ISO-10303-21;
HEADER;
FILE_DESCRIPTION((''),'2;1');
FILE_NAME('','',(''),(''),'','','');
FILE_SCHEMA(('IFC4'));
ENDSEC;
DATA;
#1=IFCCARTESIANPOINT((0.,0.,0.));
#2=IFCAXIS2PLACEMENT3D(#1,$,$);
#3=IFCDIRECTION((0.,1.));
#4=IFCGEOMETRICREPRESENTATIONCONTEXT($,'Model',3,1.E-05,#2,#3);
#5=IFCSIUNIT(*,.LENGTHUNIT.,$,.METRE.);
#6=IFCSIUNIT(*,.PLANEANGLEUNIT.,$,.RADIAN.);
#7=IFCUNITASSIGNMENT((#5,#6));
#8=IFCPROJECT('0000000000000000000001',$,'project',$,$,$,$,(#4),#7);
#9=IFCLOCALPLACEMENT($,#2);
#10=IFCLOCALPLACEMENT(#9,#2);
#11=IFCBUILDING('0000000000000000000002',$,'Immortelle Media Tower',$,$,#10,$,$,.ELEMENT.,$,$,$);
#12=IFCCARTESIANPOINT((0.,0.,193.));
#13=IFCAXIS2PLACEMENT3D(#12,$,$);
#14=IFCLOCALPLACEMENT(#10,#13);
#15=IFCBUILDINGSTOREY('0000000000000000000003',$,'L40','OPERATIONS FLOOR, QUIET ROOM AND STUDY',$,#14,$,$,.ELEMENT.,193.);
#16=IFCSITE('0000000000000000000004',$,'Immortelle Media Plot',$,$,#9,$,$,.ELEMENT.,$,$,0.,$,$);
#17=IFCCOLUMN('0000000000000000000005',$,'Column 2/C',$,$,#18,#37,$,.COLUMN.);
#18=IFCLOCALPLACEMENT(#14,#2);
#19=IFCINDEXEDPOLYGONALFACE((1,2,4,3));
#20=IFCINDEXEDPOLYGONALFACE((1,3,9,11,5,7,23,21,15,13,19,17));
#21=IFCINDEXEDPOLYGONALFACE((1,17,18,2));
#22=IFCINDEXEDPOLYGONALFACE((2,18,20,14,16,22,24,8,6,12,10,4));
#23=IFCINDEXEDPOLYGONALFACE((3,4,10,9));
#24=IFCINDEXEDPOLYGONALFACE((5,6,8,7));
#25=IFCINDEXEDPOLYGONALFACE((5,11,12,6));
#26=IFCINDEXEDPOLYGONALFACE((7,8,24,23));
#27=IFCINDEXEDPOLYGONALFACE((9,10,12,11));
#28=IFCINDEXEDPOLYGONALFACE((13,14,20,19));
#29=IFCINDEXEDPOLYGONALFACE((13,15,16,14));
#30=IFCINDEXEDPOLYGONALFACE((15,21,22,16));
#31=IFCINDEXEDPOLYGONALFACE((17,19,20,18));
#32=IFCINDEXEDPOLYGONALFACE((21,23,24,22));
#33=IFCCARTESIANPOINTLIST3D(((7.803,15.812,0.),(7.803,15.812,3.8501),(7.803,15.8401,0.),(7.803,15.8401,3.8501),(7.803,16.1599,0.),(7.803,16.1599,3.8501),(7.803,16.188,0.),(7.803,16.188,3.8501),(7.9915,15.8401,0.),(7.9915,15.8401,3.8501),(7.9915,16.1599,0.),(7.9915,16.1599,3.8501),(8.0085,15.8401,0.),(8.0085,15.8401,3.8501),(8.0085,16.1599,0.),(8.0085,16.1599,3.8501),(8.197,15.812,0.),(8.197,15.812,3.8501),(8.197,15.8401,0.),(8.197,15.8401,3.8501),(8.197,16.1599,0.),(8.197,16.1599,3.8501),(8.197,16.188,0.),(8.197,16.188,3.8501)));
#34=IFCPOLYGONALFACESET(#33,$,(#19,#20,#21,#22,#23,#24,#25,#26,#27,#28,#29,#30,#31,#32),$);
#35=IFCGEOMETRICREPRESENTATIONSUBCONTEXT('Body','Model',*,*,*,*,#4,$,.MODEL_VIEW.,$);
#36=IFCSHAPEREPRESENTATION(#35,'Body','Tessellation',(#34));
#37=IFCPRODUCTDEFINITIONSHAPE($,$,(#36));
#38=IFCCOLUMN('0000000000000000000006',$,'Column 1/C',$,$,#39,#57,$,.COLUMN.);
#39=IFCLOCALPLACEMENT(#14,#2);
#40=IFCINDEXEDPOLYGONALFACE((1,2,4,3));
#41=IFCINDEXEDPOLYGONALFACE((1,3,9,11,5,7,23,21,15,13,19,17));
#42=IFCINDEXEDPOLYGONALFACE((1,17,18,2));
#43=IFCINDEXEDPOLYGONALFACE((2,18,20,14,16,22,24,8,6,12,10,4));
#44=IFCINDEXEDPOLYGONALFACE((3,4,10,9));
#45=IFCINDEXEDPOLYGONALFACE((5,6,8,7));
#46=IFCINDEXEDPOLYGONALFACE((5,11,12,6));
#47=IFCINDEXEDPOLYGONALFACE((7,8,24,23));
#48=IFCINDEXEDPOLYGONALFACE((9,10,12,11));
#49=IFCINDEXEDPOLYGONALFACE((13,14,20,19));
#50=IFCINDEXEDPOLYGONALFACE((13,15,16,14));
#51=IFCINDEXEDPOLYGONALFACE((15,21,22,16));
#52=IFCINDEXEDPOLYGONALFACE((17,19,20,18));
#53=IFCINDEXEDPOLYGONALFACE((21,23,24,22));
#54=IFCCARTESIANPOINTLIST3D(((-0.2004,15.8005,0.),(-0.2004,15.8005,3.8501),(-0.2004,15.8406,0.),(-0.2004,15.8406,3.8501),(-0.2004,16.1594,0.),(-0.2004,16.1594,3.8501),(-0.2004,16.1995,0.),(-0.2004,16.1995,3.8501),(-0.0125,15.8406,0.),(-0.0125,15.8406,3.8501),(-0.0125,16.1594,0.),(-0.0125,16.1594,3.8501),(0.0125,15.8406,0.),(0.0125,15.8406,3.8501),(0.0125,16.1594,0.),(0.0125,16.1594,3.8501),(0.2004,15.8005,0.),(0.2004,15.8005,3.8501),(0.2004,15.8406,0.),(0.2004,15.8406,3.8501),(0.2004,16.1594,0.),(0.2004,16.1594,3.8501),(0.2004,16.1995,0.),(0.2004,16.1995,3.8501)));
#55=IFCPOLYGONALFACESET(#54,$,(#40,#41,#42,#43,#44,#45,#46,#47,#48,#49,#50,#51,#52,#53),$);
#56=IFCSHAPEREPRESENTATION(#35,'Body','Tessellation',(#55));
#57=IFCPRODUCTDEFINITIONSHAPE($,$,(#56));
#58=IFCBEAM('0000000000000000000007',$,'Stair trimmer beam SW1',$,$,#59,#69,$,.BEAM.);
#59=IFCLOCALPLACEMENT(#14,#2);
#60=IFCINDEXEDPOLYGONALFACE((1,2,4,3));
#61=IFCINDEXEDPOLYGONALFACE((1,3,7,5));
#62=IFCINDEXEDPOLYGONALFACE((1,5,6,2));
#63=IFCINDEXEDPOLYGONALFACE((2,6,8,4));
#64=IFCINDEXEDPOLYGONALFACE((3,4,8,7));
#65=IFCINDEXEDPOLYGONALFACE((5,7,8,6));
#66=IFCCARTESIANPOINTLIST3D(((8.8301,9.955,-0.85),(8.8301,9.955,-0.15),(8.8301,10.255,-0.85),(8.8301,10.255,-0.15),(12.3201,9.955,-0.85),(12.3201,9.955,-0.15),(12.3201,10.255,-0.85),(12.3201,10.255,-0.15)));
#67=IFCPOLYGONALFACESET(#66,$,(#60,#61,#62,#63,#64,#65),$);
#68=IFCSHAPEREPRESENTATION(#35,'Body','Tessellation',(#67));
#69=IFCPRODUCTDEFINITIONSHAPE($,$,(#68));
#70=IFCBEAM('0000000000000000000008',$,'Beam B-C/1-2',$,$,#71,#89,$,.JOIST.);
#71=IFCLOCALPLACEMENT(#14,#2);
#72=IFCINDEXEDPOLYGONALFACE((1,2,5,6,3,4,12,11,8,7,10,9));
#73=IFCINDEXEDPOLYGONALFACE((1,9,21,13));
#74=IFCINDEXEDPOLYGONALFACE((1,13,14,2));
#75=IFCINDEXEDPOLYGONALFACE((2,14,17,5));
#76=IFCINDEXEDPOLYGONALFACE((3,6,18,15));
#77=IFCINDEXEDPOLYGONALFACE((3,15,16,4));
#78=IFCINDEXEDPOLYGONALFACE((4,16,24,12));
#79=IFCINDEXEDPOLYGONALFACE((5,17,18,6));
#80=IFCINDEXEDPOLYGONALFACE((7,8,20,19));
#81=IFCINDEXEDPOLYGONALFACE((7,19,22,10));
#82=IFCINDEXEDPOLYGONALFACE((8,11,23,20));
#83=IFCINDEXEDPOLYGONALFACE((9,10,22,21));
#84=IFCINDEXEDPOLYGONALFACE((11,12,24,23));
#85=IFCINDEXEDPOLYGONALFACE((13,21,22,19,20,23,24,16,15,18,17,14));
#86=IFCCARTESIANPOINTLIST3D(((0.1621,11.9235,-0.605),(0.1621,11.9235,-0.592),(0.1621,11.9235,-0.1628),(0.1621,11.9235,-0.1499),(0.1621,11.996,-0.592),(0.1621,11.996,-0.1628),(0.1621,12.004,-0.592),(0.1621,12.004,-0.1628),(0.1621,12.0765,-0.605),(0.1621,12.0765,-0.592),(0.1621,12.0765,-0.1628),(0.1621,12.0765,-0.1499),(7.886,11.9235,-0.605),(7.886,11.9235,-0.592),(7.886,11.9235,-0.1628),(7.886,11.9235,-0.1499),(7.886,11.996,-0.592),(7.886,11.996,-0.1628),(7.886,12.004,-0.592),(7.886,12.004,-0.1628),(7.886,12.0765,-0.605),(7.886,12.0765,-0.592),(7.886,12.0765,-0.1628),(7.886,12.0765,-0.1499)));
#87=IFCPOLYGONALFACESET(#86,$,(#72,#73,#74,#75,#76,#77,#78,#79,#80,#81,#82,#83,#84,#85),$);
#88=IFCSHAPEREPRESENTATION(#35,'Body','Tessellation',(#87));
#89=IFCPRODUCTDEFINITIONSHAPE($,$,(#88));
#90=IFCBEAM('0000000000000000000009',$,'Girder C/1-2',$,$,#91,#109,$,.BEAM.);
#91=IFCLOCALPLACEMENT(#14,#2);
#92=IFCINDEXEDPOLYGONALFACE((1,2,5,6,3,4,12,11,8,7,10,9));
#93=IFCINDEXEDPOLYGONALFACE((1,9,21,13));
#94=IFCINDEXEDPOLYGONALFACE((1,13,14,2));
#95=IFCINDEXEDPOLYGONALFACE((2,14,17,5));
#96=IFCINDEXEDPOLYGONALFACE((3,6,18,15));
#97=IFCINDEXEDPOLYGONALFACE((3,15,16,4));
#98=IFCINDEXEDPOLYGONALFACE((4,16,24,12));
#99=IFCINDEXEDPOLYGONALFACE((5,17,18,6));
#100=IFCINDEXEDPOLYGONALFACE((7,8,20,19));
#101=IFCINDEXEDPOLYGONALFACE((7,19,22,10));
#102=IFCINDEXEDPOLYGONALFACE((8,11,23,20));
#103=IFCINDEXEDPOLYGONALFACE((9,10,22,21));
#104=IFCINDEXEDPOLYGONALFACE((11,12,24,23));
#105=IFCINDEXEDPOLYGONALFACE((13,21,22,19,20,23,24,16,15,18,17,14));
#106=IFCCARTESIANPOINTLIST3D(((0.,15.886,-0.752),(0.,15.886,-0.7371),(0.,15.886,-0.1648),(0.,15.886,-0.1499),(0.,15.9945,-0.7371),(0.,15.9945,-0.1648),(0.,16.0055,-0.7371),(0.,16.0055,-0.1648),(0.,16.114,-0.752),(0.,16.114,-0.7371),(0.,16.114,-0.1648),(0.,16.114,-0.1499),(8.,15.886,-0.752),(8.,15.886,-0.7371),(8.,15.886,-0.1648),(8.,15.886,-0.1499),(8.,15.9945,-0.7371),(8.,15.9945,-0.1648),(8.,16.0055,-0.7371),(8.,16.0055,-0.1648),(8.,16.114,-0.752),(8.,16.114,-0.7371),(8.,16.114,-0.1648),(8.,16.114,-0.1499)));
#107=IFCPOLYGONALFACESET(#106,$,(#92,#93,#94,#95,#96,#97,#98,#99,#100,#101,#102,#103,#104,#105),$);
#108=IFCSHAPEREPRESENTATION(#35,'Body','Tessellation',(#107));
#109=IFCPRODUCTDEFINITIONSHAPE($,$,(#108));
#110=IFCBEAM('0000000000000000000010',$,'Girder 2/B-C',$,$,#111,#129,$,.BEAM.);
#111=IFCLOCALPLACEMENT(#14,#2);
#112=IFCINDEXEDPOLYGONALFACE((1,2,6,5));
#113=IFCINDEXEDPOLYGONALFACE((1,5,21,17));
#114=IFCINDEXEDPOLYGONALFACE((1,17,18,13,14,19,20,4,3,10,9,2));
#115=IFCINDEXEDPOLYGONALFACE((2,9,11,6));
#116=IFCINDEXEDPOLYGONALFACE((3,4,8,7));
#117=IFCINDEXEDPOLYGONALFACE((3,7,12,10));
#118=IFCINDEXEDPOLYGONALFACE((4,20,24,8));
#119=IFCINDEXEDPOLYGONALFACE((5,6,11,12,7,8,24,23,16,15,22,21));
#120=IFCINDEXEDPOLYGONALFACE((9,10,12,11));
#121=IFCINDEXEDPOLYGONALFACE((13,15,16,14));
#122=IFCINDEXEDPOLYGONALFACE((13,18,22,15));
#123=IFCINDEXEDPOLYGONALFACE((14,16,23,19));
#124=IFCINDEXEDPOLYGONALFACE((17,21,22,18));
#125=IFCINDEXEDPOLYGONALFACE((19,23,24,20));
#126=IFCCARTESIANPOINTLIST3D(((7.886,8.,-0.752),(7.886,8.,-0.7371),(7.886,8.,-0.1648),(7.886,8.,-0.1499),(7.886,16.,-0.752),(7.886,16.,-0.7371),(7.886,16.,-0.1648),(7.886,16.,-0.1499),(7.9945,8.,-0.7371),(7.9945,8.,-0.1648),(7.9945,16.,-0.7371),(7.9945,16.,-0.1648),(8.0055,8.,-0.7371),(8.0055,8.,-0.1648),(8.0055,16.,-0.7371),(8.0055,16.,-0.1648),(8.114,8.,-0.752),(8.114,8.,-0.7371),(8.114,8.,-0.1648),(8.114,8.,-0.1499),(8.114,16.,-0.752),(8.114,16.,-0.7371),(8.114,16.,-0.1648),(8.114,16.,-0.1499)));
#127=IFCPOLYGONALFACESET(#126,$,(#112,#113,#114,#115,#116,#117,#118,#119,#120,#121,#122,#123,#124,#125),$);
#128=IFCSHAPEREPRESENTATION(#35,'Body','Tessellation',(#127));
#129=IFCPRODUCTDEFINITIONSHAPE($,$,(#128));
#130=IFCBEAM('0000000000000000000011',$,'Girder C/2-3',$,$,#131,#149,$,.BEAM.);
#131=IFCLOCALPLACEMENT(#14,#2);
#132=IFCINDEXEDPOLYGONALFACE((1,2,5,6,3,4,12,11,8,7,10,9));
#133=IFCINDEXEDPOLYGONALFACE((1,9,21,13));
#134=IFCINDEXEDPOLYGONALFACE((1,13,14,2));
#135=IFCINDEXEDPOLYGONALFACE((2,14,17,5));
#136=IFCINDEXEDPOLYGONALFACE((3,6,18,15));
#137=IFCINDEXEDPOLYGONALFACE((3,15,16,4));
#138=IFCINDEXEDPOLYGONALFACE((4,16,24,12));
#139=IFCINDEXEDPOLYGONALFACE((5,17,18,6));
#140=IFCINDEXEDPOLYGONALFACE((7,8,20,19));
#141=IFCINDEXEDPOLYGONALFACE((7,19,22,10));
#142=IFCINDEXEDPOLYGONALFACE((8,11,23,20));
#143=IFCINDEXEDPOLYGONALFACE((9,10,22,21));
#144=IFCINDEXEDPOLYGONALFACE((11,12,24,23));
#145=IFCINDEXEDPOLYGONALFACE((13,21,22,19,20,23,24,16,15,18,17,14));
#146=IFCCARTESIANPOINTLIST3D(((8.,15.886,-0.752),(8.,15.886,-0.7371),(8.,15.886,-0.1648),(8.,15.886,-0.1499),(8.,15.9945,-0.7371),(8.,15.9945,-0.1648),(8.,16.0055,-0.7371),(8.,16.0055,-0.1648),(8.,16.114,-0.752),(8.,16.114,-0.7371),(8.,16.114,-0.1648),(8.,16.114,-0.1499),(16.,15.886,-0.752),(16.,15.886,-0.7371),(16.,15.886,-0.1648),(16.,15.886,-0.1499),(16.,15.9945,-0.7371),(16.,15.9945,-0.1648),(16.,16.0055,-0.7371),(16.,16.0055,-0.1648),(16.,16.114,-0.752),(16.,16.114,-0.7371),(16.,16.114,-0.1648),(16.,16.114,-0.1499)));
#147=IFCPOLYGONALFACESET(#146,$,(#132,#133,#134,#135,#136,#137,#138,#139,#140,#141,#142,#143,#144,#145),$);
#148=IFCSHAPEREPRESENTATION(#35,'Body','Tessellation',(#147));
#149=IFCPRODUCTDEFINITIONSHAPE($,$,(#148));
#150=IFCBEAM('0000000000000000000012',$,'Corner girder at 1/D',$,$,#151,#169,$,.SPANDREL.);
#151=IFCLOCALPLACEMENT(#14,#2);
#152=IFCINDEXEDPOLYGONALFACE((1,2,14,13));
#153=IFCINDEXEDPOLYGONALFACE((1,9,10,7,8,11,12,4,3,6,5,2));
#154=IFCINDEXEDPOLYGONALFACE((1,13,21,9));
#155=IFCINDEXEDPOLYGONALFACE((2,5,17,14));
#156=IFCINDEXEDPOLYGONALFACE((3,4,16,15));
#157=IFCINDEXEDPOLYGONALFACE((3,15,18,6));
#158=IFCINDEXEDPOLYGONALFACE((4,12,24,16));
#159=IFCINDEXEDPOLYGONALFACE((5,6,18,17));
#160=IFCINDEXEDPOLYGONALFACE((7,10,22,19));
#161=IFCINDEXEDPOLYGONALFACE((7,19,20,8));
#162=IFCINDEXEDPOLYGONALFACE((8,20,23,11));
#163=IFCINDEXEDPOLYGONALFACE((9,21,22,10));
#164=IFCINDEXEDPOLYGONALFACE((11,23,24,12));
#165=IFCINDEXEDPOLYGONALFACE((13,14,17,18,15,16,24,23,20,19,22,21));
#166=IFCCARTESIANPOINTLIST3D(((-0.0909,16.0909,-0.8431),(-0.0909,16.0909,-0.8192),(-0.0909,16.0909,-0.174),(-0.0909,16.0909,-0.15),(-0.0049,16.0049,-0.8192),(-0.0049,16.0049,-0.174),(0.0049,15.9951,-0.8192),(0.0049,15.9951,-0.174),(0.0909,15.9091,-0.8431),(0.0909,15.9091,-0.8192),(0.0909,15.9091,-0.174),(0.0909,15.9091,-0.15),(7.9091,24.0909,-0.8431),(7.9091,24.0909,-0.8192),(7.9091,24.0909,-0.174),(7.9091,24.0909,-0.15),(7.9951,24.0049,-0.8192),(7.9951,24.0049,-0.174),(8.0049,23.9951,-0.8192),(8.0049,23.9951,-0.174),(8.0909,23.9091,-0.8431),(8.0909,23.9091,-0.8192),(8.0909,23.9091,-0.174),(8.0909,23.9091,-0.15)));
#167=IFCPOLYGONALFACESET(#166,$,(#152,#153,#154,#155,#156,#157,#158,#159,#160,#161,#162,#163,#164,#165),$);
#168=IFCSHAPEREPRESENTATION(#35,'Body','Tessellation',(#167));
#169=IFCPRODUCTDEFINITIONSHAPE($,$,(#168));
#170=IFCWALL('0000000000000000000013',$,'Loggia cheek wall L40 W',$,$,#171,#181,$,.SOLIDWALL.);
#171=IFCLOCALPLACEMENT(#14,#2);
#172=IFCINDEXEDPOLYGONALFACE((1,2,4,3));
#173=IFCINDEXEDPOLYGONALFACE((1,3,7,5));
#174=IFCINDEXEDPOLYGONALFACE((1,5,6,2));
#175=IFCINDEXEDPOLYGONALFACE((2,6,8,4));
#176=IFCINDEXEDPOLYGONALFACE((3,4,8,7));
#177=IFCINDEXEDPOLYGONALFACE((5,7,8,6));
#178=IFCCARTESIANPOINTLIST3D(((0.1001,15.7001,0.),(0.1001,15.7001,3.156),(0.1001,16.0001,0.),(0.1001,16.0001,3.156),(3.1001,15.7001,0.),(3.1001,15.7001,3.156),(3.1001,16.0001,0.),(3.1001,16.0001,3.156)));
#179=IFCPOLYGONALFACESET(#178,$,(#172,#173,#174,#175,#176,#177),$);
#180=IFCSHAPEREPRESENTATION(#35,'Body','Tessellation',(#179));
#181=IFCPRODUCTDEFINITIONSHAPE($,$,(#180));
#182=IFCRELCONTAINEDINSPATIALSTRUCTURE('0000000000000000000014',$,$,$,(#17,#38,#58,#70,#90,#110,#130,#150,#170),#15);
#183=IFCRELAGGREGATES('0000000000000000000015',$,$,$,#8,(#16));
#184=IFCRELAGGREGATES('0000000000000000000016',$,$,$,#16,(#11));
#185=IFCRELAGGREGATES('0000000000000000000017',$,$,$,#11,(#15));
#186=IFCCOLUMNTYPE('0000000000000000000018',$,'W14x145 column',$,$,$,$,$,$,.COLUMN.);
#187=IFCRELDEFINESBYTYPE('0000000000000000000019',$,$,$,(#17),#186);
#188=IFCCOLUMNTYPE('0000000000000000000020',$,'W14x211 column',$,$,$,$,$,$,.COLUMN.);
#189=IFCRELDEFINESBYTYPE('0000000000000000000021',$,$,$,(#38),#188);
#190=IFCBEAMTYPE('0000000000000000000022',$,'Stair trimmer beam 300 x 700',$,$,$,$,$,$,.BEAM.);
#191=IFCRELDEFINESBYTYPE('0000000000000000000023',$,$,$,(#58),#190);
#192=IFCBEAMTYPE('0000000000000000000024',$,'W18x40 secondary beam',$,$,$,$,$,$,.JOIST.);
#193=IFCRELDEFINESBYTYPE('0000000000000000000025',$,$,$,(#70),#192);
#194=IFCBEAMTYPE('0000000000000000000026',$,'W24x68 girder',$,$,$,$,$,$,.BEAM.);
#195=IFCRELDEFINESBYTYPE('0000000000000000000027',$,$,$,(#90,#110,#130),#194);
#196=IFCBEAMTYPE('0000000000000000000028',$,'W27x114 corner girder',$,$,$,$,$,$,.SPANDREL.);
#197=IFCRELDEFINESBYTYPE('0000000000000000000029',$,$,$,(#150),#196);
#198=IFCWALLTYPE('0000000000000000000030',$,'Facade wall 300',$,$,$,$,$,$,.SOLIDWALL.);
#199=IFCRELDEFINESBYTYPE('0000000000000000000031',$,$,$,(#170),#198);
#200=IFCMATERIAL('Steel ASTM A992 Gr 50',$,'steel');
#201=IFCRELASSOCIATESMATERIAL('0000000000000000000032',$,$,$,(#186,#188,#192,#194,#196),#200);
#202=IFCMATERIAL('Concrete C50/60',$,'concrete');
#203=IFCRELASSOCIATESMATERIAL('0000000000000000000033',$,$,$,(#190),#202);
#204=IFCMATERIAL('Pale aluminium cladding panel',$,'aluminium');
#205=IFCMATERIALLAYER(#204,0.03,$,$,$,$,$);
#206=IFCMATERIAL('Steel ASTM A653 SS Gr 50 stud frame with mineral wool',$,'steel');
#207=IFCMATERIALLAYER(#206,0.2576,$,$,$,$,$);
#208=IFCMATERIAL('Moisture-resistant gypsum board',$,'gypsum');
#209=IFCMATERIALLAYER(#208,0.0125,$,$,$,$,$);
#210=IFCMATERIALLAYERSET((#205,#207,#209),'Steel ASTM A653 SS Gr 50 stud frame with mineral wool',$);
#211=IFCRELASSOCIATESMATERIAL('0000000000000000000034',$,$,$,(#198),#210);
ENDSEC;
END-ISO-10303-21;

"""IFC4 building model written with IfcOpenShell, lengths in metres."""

from ifc_helpers import new_model, si_unit, direction, frame, frame_2d, origin, origin_2d, place, context, subcontext, project, spatial, rectangle, i_section, extrude, material, layer, layer_set, material_profile, profile_set, type_object, element, save


model = new_model("IFC4")

# Units and contexts
model_context = context("Model", 3, precision=1e-05, world=origin(), true_north=direction((0.0, 1.0)))
body_context = subcontext(model_context, "Body", "Model", "MODEL_VIEW")
ifc_project = project(units=[si_unit("LENGTHUNIT", "METRE"), si_unit("PLANEANGLEUNIT", "RADIAN")], contexts=[model_context])

# Site, building, storey
site_placement = place(None, origin())
site = spatial("IfcSite", under=ifc_project, at=site_placement, Name="Immortelle Media Plot", CompositionType="ELEMENT", RefElevation=0.0)
building_placement = place(site_placement, origin())
building = spatial("IfcBuilding", under=site, at=building_placement, Name="Immortelle Media Tower", CompositionType="ELEMENT")
storey_placement = place(building_placement, frame((0.0, 0.0, 193.0)))
storey = spatial("IfcBuildingStorey", under=building, at=storey_placement, Name="L40", Description="OPERATIONS FLOOR, QUIET ROOM AND STUDY", CompositionType="ELEMENT", Elevation=193.0)

# Columns
ifc_material_1 = material(Name="Steel ASTM A992 Gr 50", Category="steel")
ifc_material_profile_1 = material_profile(ifc_material_1, i_section(OverallWidth=0.394, OverallDepth=0.376, WebThickness=0.0171, FlangeThickness=0.0281, at=origin_2d()), Name="W14x145")
ifc_profile_set_1 = profile_set([ifc_material_profile_1], Name="Steel ASTM A992 Gr 50")
column_type_1 = type_object("IfcColumnType", Name="W14x145 column", PredefinedType="COLUMN", material=ifc_profile_set_1)
column_1_placement = place(storey_placement, frame((8.0, 16.0, 0.0), z_axis=(0.0, 0.0, 1.0), x_axis=(1.0, 0.0, 0.0)))
element("IfcColumn", 1, at=column_1_placement, inside=storey, type_object=column_type_1, Name="Column 2/C", PredefinedType="COLUMN", context=body_context, shape_type="SweptSolid", body=[
    extrude(i_section(OverallWidth=0.394, OverallDepth=0.376, WebThickness=0.0171, FlangeThickness=0.0281, at=origin_2d()), origin(), (0.0, 0.0, 1.0), 3.8501),
])
ifc_material_profile_2 = material_profile(ifc_material_1, i_section(OverallWidth=0.4009, OverallDepth=0.3989, WebThickness=0.0249, FlangeThickness=0.04, at=origin_2d()), Name="W14x211")
ifc_profile_set_2 = profile_set([ifc_material_profile_2], Name="Steel ASTM A992 Gr 50")
column_type_2 = type_object("IfcColumnType", Name="W14x211 column", PredefinedType="COLUMN", material=ifc_profile_set_2)
column_2_placement = place(storey_placement, frame((0.0, 16.0, 0.0), z_axis=(0.0, 0.0, 1.0), x_axis=(1.0, 0.0, 0.0)))
element("IfcColumn", 2, at=column_2_placement, inside=storey, type_object=column_type_2, Name="Column 1/C", PredefinedType="COLUMN", context=body_context, shape_type="SweptSolid", body=[
    extrude(i_section(OverallWidth=0.4009, OverallDepth=0.3989, WebThickness=0.0249, FlangeThickness=0.04, at=origin_2d()), origin(), (0.0, 0.0, 1.0), 3.8501),
])

# Beams
ifc_material_2 = material(Name="Concrete C50/60", Category="concrete")
ifc_material_profile_3 = material_profile(ifc_material_2, rectangle(XDim=0.3, YDim=0.7, at=origin_2d()), Name="RC 300x700")
ifc_profile_set_3 = profile_set([ifc_material_profile_3], Name="Concrete C50/60")
beam_type_1 = type_object("IfcBeamType", Name="Stair trimmer beam 300 x 700", PredefinedType="BEAM", material=ifc_profile_set_3)
beam_1_placement = place(storey_placement, frame((8.8301, 10.105, -0.5), z_axis=(1.0, 0.0, 0.0), x_axis=(0.0, 1.0, 0.0)))
element("IfcBeam", 3, at=beam_1_placement, inside=storey, type_object=beam_type_1, Name="Stair trimmer beam SW1", PredefinedType="BEAM", context=body_context, shape_type="SweptSolid", body=[
    extrude(rectangle(XDim=0.3, YDim=0.7, at=origin_2d()), origin(), (0.0, 0.0, 1.0), 3.49),
])
ifc_material_profile_4 = material_profile(ifc_material_1, i_section(OverallWidth=0.1531, OverallDepth=0.4551, WebThickness=0.0081, FlangeThickness=0.0129, at=origin_2d()), Name="W18x40")
ifc_profile_set_4 = profile_set([ifc_material_profile_4], Name="Steel ASTM A992 Gr 50")
beam_type_2 = type_object("IfcBeamType", Name="W18x40 secondary beam", PredefinedType="JOIST", material=ifc_profile_set_4)
beam_2_placement = place(storey_placement, frame((0.1621, 12.0, -0.3774), z_axis=(1.0, 0.0, 0.0), x_axis=(0.0, 1.0, 0.0)))
element("IfcBeam", 4, at=beam_2_placement, inside=storey, type_object=beam_type_2, Name="Beam B-C/1-2", PredefinedType="JOIST", context=body_context, shape_type="SweptSolid", body=[
    extrude(i_section(OverallWidth=0.1531, OverallDepth=0.4551, WebThickness=0.0081, FlangeThickness=0.0129, at=origin_2d()), origin(), (0.0, 0.0, 1.0), 7.7239),
])
ifc_material_profile_5 = material_profile(ifc_material_1, i_section(OverallWidth=0.228, OverallDepth=0.6021, WebThickness=0.011, FlangeThickness=0.0149, at=origin_2d()), Name="W24x68")
ifc_profile_set_5 = profile_set([ifc_material_profile_5], Name="Steel ASTM A992 Gr 50")
beam_type_3 = type_object("IfcBeamType", Name="W24x68 girder", PredefinedType="BEAM", material=ifc_profile_set_5)
for number, where, z_axis, x_axis, name in (
    (5, (0.0, 16.0, -0.4509), (1.0, 0.0, 0.0), (0.0, 1.0, 0.0), "Girder C/1-2"),
    (6, (8.0, 8.0, -0.4509), (0.0, 1.0, 0.0), (-1.0, 0.0, 0.0), "Girder 2/B-C"),
    (7, (8.0, 16.0, -0.4509), (1.0, 0.0, 0.0), (0.0, 1.0, 0.0), "Girder C/2-3"),
):
    element("IfcBeam", number, at=place(storey_placement, frame(where, z_axis=z_axis, x_axis=x_axis)), inside=storey, type_object=beam_type_3, Name=name, PredefinedType="BEAM", context=body_context, shape_type="SweptSolid", body=[
        extrude(i_section(OverallWidth=0.228, OverallDepth=0.6021, WebThickness=0.011, FlangeThickness=0.0149, at=origin_2d()), origin(), (0.0, 0.0, 1.0), 8.0),
    ])
ifc_material_profile_6 = material_profile(ifc_material_1, i_section(OverallWidth=0.2571, OverallDepth=0.6931, WebThickness=0.0139, FlangeThickness=0.0239, at=origin_2d()), Name="W27x114")
ifc_profile_set_6 = profile_set([ifc_material_profile_6], Name="Steel ASTM A992 Gr 50")
beam_type_4 = type_object("IfcBeamType", Name="W27x114 corner girder", PredefinedType="SPANDREL", material=ifc_profile_set_6)
beam_3_placement = place(storey_placement, frame((0.0, 16.0, -0.4966), z_axis=(0.707107, 0.707107, 0.0), x_axis=(-0.707107, 0.707107, 0.0)))
element("IfcBeam", 8, at=beam_3_placement, inside=storey, type_object=beam_type_4, Name="Corner girder at 1/D", PredefinedType="SPANDREL", context=body_context, shape_type="SweptSolid", body=[
    extrude(i_section(OverallWidth=0.2571, OverallDepth=0.6931, WebThickness=0.0139, FlangeThickness=0.0239, at=origin_2d()), origin(), (0.0, 0.0, 1.0), 11.3137),
])

# Shared definitions
ifc_material_3 = material(Name="Pale aluminium cladding panel", Category="aluminium")
ifc_layer_1 = layer(ifc_material_3, 0.03)
ifc_material_4 = material(Name="Steel ASTM A653 SS Gr 50 stud frame with mineral wool", Category="steel")
ifc_layer_2 = layer(ifc_material_4, 0.2576)
ifc_material_5 = material(Name="Moisture-resistant gypsum board", Category="gypsum")
ifc_layer_3 = layer(ifc_material_5, 0.0125)
ifc_layer_set_1 = layer_set([ifc_layer_1, ifc_layer_2, ifc_layer_3], Name="Steel ASTM A653 SS Gr 50 stud frame with mineral wool")
wall_type_1 = type_object("IfcWallType", Name="Facade wall 300", PredefinedType="SOLIDWALL", material=ifc_layer_set_1)

# Wall
for number, where, z_axis, x_axis, name in (
    (9, (0.1001, 15.8501, 0.0), (0.0, 0.0, 1.0), (1.0, 0.0, 0.0), "Loggia cheek wall L40 W"),
):
    element("IfcWall", number, at=place(storey_placement, frame(where, z_axis=z_axis, x_axis=x_axis)), inside=storey, type_object=wall_type_1, Name=name, PredefinedType="SOLIDWALL", context=body_context, shape_type="SweptSolid", body=[
        extrude(rectangle(XDim=3.0, YDim=0.3, at=frame_2d((1.5, 0.0))), origin(), (0.0, 0.0, 1.0), 3.156),
    ])

save(model, "model.ifc")
